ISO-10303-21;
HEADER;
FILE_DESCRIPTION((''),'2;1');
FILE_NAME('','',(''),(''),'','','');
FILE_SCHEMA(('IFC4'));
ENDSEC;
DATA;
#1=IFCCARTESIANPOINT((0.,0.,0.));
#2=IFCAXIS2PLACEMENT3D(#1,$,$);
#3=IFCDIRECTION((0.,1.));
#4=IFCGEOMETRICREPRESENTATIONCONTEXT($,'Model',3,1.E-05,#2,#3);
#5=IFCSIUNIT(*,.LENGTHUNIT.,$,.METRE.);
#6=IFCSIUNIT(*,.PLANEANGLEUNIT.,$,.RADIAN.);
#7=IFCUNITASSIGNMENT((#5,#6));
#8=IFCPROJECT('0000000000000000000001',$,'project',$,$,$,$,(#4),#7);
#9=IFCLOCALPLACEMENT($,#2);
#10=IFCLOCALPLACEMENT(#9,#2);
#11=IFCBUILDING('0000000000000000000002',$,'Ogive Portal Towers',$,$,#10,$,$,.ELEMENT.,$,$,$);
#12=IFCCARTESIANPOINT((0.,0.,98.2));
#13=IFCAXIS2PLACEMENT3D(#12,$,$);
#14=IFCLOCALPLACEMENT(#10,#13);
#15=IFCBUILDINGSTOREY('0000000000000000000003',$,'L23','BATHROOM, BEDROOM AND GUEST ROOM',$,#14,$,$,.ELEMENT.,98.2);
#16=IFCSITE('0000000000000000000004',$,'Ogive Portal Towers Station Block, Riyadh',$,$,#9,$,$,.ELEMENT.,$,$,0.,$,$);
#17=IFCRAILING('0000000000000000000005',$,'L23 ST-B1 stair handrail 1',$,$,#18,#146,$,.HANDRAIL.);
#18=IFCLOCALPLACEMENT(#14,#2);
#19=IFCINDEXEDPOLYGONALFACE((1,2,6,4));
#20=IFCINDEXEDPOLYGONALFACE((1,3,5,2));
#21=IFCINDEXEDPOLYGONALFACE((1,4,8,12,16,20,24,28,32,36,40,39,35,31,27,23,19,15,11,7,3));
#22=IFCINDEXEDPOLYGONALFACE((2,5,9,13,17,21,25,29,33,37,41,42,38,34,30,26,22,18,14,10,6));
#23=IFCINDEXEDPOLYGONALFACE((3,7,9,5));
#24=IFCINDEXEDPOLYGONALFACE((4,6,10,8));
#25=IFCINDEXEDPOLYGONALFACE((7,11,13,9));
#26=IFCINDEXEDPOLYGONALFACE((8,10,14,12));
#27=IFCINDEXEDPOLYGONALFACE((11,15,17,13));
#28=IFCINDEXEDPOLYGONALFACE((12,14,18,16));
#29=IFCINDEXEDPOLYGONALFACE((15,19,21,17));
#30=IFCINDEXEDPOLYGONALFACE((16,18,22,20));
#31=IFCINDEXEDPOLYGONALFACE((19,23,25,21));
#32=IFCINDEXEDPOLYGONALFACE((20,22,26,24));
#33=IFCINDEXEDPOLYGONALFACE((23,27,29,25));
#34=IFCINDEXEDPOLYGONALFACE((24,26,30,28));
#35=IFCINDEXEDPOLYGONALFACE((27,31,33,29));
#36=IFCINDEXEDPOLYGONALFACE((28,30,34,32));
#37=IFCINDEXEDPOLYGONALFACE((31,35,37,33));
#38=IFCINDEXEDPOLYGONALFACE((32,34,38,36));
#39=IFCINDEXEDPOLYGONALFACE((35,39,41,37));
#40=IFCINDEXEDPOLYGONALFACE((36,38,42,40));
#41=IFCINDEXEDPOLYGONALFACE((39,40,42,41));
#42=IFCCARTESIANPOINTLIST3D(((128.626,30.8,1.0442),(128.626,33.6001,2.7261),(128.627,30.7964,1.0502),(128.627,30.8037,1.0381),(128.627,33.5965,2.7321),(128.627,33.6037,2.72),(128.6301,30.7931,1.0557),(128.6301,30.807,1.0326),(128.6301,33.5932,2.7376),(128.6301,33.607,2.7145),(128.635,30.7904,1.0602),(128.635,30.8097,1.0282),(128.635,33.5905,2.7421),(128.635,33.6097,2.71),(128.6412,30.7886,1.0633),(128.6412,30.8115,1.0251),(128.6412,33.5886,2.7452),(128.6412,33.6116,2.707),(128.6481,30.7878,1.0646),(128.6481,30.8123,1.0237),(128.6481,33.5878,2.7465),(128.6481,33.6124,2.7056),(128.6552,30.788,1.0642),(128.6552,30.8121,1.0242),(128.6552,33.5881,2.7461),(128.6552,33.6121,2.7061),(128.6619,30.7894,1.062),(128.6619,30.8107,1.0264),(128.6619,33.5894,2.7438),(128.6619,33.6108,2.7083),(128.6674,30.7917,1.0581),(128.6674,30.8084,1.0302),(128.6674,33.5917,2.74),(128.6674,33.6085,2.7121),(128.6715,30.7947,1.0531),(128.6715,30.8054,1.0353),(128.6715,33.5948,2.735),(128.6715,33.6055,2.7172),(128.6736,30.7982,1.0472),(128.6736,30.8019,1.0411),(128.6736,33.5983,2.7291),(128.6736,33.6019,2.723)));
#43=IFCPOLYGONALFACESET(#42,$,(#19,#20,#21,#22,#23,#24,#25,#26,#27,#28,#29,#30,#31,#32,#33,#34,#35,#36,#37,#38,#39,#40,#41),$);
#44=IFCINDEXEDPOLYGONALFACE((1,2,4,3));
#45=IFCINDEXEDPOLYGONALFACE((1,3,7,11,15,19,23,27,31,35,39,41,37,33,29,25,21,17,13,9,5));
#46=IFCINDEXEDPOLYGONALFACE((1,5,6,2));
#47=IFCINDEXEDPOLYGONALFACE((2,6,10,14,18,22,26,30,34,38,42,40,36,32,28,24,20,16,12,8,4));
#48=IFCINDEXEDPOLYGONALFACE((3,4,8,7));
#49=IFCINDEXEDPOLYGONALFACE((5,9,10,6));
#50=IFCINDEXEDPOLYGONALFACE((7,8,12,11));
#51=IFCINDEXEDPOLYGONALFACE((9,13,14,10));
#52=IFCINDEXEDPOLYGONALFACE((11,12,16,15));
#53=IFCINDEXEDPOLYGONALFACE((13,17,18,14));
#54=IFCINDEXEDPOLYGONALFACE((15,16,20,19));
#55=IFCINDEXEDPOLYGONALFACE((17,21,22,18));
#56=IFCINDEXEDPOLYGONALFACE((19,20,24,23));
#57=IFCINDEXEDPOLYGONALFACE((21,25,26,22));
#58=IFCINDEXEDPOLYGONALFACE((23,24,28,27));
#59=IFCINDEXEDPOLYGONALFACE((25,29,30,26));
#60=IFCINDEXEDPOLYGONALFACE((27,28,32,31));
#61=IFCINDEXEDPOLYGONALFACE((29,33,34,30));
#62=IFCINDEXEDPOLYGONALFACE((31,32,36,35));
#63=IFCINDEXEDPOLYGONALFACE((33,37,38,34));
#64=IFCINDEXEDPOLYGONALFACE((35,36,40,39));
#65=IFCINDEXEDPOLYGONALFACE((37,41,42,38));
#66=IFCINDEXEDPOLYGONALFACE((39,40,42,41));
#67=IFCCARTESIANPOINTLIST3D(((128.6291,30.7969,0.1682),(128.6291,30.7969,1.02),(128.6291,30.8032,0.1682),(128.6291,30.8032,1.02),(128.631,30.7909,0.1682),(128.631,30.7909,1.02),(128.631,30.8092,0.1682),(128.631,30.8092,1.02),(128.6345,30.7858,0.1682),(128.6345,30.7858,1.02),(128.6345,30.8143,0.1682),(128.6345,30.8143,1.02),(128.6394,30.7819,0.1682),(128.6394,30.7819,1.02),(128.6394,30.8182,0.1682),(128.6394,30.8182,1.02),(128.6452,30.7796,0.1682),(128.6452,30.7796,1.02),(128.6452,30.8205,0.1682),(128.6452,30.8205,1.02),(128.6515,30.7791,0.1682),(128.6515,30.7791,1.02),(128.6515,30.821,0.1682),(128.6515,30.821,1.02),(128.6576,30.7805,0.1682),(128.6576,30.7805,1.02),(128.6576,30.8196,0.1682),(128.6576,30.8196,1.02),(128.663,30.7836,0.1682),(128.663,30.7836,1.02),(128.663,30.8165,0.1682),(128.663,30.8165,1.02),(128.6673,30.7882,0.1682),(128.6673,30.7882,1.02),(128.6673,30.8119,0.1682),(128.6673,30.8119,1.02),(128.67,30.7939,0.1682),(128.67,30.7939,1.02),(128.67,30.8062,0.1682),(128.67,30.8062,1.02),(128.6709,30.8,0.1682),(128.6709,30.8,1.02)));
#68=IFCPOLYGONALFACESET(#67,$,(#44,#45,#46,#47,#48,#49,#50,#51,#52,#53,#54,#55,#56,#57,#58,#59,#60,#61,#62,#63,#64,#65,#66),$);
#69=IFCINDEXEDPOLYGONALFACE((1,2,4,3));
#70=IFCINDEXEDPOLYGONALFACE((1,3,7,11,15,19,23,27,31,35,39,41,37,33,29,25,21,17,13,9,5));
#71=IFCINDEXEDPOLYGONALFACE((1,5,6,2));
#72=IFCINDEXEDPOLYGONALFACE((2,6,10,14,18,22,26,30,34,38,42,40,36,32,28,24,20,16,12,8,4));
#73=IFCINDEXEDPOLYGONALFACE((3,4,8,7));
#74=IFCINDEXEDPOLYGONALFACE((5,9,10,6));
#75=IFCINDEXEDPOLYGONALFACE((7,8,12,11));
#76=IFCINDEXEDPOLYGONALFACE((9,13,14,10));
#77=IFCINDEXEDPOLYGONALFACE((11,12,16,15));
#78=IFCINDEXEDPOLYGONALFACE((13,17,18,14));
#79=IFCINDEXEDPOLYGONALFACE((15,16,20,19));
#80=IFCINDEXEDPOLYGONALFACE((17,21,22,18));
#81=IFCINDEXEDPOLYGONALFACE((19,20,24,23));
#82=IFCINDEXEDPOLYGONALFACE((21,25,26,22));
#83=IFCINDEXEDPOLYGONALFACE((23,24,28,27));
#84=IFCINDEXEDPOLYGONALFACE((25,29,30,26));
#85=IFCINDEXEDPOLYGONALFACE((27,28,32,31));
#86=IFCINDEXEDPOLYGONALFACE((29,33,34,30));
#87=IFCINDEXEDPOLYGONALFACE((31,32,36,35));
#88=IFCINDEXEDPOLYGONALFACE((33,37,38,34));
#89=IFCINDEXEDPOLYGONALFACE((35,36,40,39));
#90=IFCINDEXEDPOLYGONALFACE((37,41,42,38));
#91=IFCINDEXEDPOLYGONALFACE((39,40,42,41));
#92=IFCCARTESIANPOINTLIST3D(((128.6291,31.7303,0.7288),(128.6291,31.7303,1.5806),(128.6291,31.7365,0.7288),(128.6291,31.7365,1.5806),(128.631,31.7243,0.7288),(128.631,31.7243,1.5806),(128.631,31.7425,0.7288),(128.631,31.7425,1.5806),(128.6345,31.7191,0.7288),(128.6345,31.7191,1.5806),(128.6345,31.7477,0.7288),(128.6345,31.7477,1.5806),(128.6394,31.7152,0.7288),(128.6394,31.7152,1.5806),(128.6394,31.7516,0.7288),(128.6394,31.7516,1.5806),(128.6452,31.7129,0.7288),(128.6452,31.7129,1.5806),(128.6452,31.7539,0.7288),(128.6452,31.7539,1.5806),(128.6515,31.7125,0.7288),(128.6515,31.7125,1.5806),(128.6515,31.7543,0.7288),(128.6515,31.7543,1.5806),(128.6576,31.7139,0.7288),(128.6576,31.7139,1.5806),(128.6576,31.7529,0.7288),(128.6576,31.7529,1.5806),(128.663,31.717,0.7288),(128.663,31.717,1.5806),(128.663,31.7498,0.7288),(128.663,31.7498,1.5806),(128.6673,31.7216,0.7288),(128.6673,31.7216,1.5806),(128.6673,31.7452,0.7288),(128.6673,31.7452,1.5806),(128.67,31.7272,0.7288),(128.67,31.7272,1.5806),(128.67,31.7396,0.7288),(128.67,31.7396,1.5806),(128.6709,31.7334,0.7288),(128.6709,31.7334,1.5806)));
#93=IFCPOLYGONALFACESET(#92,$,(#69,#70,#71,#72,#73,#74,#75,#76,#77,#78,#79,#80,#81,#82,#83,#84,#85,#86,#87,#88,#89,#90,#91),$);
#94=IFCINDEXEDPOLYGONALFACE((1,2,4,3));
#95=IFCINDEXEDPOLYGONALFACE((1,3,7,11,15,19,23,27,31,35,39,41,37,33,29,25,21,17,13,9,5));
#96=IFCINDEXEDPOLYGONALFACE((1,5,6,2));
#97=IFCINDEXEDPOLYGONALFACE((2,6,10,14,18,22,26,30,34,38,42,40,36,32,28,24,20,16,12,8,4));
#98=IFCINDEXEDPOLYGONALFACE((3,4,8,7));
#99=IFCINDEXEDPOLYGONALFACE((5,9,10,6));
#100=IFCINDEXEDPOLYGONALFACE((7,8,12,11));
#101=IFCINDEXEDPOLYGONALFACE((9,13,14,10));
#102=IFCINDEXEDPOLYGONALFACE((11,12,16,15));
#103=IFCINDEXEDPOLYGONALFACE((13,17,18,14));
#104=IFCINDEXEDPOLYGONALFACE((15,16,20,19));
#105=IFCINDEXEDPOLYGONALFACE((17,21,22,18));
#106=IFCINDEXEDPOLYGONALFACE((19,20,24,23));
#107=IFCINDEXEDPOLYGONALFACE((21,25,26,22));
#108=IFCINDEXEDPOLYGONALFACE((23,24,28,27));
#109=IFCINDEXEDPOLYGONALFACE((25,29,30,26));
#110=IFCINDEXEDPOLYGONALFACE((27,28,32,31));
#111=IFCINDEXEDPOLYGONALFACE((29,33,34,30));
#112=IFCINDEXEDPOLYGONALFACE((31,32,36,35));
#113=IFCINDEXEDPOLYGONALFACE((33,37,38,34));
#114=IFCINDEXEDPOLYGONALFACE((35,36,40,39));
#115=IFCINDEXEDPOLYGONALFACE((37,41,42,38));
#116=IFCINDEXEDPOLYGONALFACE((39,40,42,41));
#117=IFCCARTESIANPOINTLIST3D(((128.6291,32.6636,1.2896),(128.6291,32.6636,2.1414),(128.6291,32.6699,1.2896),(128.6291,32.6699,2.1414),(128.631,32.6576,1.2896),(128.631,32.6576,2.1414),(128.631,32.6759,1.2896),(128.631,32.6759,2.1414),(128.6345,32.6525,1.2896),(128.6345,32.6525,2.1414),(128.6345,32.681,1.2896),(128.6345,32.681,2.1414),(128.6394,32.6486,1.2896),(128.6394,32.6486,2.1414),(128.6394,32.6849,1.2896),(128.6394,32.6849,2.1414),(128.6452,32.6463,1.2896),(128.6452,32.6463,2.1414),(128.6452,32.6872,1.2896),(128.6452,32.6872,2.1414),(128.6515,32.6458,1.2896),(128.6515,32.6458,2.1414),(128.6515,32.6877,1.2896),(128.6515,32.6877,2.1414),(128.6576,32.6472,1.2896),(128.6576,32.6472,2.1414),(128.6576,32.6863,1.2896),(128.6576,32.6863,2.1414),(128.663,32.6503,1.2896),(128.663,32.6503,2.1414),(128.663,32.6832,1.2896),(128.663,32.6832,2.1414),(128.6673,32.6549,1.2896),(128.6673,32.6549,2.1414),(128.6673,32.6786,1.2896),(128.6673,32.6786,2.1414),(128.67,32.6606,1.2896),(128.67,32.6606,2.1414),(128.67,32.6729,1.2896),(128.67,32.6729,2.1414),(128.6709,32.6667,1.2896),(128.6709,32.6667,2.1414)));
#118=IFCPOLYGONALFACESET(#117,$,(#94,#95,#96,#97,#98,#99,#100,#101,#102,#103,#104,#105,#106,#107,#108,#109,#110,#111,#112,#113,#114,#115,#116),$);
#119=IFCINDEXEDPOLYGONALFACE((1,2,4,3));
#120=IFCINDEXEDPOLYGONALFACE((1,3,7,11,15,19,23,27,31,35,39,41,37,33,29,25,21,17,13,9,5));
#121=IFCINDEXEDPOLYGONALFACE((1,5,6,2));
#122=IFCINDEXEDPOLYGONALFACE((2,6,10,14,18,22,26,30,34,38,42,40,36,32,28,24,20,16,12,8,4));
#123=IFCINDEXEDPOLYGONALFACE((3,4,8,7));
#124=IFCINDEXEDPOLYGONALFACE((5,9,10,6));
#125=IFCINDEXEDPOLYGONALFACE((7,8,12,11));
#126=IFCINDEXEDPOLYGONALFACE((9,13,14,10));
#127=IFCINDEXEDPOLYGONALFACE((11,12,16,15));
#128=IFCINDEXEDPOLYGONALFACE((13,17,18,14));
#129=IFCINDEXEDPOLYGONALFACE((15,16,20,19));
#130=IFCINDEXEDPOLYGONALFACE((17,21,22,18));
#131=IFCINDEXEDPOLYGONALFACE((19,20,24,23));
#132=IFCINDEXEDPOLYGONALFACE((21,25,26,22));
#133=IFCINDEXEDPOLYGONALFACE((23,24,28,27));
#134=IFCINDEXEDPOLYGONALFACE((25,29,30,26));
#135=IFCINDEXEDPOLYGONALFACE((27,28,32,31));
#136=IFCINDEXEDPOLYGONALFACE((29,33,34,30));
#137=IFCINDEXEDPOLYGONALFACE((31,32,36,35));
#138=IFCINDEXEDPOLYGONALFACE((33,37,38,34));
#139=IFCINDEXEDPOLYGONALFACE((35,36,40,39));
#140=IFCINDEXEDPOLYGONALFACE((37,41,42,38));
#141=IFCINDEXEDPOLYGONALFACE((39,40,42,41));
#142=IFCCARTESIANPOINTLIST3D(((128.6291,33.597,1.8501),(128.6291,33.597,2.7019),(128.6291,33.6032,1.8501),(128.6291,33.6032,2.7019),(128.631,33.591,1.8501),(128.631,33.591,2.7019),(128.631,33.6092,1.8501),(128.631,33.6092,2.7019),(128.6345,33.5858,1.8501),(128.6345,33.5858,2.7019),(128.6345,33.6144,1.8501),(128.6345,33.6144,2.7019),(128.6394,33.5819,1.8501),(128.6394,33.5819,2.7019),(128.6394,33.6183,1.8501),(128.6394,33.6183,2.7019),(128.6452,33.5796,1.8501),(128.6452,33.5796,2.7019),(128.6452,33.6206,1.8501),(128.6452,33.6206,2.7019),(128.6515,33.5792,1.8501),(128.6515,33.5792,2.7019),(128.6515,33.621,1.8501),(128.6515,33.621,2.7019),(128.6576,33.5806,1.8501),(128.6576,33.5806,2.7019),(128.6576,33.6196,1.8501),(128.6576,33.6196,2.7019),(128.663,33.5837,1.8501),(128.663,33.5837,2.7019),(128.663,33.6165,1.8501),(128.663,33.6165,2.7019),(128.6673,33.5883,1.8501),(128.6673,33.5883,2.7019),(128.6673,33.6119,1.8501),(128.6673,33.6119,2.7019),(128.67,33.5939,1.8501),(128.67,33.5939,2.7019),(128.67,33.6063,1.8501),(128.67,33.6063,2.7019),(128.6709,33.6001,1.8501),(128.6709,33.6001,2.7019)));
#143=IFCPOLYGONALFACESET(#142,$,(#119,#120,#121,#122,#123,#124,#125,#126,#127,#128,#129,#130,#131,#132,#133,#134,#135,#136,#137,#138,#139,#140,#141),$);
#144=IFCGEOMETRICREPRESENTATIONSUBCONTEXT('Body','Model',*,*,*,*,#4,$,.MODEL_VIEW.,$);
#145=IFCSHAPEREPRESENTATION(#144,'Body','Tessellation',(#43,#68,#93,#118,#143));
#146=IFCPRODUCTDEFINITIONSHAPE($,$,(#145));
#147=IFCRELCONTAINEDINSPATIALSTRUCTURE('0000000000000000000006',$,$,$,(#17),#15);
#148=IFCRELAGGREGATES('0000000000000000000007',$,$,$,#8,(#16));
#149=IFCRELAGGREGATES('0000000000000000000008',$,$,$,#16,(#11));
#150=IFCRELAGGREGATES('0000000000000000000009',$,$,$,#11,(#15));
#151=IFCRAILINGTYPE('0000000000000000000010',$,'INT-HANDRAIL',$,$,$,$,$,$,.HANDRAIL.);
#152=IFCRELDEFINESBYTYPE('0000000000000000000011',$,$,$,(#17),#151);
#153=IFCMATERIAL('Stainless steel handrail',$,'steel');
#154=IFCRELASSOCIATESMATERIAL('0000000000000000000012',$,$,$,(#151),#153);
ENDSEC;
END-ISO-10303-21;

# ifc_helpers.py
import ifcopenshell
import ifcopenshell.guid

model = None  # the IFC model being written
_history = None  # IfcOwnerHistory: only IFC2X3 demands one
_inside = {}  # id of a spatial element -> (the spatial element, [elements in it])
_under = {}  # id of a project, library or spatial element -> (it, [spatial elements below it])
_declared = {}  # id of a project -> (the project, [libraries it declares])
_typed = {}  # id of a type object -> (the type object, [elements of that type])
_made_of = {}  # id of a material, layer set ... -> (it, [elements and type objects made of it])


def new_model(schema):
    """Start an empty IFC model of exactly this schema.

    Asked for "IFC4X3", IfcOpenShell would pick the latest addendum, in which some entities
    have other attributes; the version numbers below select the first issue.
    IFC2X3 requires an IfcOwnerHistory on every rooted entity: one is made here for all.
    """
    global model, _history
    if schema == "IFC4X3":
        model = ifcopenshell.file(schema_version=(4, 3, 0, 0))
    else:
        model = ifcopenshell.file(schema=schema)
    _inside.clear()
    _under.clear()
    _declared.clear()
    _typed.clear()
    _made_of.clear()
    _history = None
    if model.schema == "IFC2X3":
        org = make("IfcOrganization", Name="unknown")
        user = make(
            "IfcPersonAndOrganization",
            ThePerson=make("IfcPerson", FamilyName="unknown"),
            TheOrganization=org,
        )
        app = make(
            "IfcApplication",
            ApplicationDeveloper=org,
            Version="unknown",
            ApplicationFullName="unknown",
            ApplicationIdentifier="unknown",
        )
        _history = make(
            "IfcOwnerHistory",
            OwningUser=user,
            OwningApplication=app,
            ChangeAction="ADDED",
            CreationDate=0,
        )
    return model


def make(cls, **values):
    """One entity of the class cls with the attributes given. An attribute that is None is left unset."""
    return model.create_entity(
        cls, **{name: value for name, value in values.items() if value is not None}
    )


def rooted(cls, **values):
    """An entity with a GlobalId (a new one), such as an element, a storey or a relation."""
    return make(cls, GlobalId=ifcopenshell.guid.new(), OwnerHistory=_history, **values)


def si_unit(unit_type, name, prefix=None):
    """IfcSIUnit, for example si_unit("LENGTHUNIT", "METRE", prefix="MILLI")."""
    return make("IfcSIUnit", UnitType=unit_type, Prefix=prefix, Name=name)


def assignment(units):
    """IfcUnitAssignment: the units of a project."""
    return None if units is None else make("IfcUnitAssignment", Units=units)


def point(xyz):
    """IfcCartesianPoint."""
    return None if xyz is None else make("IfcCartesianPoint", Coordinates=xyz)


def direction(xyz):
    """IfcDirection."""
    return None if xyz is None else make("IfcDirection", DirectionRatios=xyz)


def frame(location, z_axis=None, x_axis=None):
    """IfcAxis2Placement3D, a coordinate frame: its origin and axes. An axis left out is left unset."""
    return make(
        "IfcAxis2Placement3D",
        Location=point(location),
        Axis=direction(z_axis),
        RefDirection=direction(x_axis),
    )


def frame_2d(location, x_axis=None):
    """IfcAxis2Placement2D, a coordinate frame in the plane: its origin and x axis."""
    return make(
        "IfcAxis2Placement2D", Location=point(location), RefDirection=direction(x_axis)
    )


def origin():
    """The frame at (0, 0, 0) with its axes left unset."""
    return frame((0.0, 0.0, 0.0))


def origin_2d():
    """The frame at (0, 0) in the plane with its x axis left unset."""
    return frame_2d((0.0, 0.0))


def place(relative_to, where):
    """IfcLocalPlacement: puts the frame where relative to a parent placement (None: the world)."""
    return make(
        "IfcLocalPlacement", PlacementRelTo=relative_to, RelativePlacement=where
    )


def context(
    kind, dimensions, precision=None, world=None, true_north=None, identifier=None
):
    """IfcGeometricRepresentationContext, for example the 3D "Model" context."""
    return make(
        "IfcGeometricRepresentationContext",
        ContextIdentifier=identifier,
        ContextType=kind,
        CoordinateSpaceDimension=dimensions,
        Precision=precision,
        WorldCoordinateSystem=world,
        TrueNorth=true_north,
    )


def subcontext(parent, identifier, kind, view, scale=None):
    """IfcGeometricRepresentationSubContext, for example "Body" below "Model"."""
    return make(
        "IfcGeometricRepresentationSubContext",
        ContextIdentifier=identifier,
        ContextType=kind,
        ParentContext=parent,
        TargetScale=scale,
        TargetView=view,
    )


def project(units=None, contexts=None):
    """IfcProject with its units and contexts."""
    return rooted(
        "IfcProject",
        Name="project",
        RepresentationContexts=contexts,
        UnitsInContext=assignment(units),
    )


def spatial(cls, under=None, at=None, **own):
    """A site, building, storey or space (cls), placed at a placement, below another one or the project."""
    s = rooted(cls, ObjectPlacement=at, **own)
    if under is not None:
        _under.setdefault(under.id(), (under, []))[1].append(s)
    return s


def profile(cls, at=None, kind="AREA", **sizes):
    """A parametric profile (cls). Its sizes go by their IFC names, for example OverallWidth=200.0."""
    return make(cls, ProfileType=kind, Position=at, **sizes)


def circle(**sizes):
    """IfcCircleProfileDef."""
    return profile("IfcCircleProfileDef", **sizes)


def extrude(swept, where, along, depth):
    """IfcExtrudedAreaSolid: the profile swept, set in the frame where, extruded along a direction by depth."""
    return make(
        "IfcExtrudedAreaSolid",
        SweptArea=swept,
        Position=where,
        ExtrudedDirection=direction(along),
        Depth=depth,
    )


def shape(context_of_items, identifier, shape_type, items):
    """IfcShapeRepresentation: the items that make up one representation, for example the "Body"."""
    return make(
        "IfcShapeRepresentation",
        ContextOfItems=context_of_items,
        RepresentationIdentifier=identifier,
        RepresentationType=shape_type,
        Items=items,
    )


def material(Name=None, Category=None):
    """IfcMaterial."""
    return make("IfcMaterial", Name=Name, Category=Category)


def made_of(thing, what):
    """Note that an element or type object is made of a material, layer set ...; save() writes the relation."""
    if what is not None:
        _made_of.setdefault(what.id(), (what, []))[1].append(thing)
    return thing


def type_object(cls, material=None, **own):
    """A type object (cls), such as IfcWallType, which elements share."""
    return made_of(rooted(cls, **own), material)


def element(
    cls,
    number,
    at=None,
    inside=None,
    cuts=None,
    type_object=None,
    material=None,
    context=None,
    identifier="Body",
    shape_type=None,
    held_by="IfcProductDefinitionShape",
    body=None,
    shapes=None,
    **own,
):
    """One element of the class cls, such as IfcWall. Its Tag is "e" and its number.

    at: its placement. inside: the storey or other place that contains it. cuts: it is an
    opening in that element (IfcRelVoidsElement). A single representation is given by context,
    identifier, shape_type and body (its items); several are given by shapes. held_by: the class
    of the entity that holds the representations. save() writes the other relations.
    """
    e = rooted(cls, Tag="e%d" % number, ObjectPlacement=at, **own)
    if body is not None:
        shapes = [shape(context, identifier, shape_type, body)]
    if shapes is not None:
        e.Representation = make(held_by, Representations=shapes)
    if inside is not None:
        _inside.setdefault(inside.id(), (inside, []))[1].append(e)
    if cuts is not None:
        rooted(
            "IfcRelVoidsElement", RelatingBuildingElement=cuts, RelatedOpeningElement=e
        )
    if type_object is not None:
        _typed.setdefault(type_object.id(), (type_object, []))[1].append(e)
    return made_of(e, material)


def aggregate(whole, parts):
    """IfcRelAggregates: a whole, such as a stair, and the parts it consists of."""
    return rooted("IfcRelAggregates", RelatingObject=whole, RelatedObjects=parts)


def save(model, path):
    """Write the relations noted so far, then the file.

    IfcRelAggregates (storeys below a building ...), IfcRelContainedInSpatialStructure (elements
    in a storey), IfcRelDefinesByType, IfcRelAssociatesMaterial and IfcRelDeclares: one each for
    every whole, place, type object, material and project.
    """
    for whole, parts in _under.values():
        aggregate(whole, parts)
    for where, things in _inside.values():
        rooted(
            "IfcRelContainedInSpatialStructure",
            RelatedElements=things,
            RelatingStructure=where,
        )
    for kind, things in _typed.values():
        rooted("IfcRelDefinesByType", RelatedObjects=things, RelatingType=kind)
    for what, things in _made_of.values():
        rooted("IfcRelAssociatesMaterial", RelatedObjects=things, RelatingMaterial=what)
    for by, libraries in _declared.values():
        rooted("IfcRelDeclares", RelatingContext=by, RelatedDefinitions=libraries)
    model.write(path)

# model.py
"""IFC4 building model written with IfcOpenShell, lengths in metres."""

from ifc_helpers import new_model, si_unit, direction, frame, origin, origin_2d, place, context, subcontext, project, spatial, circle, extrude, material, type_object, element, save


model = new_model("IFC4")

# Units and contexts
model_context = context("Model", 3, precision=1e-05, world=origin(), true_north=direction((0.0, 1.0)))
body_context = subcontext(model_context, "Body", "Model", "MODEL_VIEW")
ifc_project = project(units=[si_unit("LENGTHUNIT", "METRE"), si_unit("PLANEANGLEUNIT", "RADIAN")], contexts=[model_context])

# Site, building, storey
site_placement = place(None, origin())
site = spatial("IfcSite", under=ifc_project, at=site_placement, Name="Ogive Portal Towers Station Block, Riyadh", CompositionType="ELEMENT", RefElevation=0.0)
building_placement = place(site_placement, origin())
building = spatial("IfcBuilding", under=site, at=building_placement, Name="Ogive Portal Towers", CompositionType="ELEMENT")
storey_placement = place(building_placement, frame((0.0, 0.0, 98.2)))
storey = spatial("IfcBuildingStorey", under=building, at=storey_placement, Name="L23", Description="BATHROOM, BEDROOM AND GUEST ROOM", CompositionType="ELEMENT", Elevation=98.2)

# Railing
ifc_material_1 = material(Name="Stainless steel handrail", Category="steel")
railing_type_1 = type_object("IfcRailingType", Name="INT-HANDRAIL", PredefinedType="HANDRAIL", material=ifc_material_1)
railing_1_placement = place(storey_placement, frame((128.6499, 30.8, 0.1682)))
element("IfcRailing", 1, at=railing_1_placement, inside=storey, type_object=railing_type_1, Name="L23 ST-B1 stair handrail 1", PredefinedType="HANDRAIL", context=body_context, shape_type="SweptSolid", body=[
    extrude(circle(Radius=0.0239, at=origin_2d()), frame((0.0, 0.0, 0.876), z_axis=(0.0, 0.857242, 0.514913), x_axis=(-1.0, 0.0, 0.0)), (0.0, 0.0, 1.0), 3.2664),
    extrude(circle(Radius=0.021, at=origin_2d()), origin(), (0.0, 0.0, 1.0), 0.8518),
    extrude(circle(Radius=0.021, at=origin_2d()), frame((0.0, 0.9333, 0.5605)), (0.0, 0.0, 1.0), 0.8518),
    extrude(circle(Radius=0.021, at=origin_2d()), frame((0.0, 1.8667, 1.1213)), (0.0, 0.0, 1.0), 0.8518),
    extrude(circle(Radius=0.021, at=origin_2d()), frame((0.0, 2.8, 1.6819)), (0.0, 0.0, 1.0), 0.8518),
])

save(model, "model.ifc")
